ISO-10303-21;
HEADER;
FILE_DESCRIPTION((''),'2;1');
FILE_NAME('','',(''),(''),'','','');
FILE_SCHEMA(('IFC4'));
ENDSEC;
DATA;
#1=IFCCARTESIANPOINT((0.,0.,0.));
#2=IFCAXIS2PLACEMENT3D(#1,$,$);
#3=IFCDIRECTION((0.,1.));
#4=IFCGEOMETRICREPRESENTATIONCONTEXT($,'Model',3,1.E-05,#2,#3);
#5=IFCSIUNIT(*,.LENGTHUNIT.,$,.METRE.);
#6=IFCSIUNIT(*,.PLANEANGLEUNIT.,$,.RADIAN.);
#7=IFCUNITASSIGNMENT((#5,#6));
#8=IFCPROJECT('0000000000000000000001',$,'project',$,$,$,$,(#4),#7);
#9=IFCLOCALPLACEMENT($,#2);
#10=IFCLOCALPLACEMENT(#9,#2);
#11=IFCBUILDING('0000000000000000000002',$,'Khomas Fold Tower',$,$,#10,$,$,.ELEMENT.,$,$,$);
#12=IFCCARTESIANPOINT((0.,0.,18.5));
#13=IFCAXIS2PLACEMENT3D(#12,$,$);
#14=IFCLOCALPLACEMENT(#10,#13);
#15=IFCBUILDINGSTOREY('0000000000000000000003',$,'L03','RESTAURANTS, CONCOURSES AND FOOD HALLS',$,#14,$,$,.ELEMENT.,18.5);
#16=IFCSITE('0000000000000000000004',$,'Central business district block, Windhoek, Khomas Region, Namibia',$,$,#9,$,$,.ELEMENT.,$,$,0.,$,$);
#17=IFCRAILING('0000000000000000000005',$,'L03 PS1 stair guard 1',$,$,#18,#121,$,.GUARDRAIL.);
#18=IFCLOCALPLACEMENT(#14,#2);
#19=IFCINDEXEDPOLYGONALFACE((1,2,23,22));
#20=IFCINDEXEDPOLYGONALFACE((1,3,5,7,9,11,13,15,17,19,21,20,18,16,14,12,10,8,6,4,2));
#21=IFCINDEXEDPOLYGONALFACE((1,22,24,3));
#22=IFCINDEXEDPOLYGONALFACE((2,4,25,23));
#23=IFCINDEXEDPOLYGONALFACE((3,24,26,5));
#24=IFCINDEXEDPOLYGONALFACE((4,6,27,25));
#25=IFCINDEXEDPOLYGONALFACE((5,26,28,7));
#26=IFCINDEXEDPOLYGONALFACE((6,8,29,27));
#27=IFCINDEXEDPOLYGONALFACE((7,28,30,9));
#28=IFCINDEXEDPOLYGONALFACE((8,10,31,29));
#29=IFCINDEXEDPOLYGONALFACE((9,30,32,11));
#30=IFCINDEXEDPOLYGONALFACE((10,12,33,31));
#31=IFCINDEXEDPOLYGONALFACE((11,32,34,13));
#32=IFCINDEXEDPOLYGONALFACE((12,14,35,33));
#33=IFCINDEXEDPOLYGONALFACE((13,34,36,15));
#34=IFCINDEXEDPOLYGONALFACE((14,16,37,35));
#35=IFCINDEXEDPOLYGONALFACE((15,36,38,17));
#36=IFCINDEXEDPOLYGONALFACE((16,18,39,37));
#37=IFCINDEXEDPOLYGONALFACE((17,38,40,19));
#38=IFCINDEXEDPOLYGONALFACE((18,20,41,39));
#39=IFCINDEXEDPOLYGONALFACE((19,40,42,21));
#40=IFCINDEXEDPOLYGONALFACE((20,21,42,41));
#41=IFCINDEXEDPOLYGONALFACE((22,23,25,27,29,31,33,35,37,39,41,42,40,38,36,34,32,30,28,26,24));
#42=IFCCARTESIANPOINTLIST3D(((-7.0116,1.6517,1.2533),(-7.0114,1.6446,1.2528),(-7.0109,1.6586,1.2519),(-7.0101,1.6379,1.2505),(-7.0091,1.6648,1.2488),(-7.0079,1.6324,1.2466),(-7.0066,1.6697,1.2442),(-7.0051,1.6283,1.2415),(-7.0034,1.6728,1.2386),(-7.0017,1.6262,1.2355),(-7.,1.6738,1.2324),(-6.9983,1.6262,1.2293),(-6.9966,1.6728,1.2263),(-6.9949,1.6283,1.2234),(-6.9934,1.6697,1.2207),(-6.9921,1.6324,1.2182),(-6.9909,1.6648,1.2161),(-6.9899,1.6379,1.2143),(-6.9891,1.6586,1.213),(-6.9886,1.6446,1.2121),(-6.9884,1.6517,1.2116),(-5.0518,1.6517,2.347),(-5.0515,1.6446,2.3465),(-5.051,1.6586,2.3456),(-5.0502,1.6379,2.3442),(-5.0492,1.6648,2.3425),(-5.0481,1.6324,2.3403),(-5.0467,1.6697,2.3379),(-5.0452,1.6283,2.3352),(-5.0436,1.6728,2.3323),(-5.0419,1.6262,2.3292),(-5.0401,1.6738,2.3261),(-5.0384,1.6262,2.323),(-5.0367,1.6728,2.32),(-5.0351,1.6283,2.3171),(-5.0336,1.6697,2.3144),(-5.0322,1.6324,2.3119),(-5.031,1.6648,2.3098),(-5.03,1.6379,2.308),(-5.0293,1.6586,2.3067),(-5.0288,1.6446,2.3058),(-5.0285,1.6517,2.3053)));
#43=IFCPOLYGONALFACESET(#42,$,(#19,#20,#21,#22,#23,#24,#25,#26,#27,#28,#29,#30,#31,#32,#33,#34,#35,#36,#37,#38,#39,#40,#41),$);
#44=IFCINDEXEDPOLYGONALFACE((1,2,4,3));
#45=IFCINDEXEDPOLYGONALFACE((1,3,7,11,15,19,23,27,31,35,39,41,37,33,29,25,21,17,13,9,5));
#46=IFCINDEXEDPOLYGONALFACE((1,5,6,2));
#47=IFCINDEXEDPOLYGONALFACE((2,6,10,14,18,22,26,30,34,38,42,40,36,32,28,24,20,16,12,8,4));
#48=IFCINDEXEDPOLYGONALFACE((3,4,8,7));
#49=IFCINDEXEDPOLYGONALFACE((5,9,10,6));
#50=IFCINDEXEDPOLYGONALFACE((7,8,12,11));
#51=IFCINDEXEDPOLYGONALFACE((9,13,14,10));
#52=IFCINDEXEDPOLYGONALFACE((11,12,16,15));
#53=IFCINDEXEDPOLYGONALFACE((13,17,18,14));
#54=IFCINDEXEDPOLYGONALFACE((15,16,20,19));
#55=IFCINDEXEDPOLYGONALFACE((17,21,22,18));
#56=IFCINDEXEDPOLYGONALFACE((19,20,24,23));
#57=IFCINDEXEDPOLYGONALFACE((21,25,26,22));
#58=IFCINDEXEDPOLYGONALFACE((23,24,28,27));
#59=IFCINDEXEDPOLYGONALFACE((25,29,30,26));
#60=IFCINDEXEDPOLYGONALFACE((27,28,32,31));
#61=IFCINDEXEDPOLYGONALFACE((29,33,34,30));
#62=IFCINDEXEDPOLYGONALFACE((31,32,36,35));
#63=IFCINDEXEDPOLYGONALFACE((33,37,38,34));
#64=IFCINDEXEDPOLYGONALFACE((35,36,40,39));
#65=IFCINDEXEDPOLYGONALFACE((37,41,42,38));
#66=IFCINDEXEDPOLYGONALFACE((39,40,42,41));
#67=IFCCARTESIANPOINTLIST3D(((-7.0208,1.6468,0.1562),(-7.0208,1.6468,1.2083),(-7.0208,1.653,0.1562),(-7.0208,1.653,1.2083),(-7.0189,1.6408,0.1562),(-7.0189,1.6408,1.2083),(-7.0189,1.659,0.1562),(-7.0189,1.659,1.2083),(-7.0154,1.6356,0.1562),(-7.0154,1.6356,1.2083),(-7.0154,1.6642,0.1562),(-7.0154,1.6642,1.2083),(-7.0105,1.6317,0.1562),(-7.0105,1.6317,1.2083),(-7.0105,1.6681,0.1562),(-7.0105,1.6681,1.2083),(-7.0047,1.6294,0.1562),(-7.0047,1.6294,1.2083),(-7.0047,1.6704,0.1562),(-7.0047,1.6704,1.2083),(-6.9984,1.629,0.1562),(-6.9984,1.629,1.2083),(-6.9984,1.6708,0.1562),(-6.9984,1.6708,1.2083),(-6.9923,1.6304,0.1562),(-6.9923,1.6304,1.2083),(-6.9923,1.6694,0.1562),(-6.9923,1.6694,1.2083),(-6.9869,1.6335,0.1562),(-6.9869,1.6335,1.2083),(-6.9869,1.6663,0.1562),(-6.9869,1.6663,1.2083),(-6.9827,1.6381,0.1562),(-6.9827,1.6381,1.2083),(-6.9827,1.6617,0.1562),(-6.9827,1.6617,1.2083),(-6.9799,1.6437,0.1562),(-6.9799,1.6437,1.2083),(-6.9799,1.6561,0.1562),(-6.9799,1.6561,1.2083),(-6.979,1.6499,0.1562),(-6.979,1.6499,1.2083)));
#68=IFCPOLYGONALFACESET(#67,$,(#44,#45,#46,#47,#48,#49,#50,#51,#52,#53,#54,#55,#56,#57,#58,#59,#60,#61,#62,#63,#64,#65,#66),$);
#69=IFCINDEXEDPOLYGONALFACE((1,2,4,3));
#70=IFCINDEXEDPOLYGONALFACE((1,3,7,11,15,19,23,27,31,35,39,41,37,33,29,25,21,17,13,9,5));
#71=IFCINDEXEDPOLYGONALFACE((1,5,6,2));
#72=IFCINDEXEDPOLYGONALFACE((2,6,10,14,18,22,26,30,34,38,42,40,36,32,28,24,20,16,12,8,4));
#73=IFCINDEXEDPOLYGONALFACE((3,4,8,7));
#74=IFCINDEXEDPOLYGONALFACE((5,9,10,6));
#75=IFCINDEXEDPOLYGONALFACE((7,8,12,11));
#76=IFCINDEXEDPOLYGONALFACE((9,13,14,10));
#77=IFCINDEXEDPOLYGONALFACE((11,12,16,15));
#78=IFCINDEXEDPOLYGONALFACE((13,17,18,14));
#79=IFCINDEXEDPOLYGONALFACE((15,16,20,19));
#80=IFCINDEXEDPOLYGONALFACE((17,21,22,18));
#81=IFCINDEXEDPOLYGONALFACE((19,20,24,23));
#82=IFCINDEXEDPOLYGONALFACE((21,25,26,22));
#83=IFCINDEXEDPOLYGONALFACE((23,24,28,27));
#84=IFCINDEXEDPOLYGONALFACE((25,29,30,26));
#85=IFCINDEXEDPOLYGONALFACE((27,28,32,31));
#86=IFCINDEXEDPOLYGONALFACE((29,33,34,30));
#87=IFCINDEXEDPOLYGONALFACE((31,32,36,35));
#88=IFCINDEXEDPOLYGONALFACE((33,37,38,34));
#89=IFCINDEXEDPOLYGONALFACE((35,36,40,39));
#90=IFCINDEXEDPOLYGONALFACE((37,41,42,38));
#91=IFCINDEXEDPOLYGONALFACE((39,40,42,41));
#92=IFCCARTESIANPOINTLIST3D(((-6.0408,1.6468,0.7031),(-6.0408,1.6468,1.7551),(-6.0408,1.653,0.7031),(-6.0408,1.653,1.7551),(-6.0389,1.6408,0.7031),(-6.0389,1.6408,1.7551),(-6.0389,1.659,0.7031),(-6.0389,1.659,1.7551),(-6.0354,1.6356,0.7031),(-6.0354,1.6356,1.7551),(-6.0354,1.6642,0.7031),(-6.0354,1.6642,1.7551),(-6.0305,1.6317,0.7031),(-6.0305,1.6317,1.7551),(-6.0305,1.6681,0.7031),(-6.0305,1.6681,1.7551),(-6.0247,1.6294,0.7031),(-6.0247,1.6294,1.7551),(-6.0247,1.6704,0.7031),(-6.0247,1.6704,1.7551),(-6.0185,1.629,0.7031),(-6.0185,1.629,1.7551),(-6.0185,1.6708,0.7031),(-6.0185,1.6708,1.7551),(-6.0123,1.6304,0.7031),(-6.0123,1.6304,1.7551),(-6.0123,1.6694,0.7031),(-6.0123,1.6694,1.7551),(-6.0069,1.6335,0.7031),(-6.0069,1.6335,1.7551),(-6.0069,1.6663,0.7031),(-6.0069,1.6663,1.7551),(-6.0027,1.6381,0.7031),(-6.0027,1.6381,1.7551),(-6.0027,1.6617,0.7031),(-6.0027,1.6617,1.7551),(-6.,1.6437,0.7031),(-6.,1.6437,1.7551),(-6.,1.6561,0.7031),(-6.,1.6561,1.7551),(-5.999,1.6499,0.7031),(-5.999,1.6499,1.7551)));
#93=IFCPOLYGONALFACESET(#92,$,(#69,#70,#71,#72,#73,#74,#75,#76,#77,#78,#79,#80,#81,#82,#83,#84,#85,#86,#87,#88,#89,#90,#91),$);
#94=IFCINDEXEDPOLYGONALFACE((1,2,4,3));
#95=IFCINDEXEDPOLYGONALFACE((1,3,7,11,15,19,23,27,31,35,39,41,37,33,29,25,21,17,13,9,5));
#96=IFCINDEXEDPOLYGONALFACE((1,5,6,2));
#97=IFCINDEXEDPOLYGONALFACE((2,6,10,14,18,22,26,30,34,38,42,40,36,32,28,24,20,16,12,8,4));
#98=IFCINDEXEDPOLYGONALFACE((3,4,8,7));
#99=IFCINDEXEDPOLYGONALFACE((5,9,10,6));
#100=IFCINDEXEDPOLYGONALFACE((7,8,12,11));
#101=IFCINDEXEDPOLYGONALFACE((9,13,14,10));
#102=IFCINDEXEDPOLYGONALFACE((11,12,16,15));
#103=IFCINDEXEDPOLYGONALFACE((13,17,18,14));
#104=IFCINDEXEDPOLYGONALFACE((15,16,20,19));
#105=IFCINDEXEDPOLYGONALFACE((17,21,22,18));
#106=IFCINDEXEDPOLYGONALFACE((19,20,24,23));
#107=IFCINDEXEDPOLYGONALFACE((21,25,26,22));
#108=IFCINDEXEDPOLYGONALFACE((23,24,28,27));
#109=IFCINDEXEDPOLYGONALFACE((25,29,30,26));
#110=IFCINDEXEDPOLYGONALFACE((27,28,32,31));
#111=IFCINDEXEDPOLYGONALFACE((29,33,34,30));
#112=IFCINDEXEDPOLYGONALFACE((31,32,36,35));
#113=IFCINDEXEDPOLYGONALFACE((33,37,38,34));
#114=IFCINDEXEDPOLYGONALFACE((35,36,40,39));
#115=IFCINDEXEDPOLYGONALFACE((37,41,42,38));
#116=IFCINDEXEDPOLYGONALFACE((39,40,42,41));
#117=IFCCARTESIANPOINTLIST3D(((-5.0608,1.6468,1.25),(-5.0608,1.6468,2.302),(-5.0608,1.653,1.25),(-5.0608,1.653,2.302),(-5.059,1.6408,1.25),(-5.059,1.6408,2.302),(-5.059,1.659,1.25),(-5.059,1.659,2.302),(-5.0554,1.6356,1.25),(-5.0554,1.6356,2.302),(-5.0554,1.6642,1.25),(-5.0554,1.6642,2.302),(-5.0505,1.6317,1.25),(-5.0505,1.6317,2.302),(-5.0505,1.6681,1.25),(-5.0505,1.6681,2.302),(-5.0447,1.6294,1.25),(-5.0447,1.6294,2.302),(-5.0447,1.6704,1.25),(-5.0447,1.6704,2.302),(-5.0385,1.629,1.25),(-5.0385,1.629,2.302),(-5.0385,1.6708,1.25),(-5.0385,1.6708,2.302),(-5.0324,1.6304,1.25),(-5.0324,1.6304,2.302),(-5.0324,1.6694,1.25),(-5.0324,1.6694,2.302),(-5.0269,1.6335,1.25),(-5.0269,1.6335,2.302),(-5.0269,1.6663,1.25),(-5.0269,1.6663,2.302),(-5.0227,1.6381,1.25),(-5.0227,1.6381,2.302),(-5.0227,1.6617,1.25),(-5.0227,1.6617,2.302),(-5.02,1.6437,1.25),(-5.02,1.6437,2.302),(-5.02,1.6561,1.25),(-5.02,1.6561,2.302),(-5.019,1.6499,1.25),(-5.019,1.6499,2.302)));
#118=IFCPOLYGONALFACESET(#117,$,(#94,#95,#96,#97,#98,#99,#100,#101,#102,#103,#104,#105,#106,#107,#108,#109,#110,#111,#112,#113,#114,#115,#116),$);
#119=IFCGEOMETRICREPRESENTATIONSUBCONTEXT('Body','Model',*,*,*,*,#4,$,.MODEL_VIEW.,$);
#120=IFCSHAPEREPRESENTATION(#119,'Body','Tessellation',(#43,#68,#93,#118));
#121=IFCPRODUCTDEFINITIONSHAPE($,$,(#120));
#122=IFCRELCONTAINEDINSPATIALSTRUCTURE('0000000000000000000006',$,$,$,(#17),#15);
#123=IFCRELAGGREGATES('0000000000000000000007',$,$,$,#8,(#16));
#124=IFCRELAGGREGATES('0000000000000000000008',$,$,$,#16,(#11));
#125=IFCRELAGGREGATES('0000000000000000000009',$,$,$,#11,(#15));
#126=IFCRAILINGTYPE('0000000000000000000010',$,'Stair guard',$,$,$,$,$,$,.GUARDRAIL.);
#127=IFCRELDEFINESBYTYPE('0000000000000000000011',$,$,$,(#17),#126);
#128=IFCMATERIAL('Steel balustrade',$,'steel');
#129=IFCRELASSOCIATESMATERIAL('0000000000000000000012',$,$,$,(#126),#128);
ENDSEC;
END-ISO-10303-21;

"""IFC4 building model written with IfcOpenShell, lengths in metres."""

from ifc_helpers import new_model, si_unit, direction, frame, origin, origin_2d, place, context, subcontext, project, spatial, circle, extrude, source, transform, mapped, material, type_object, element, save


model = new_model("IFC4")

# Units and contexts
model_context = context("Model", 3, precision=1e-05, world=origin(), true_north=direction((0.0, 1.0)))
body_context = subcontext(model_context, "Body", "Model", "MODEL_VIEW")
ifc_project = project(units=[si_unit("LENGTHUNIT", "METRE"), si_unit("PLANEANGLEUNIT", "RADIAN")], contexts=[model_context])

# Site, building, storey
site_placement = place(None, origin())
site = spatial("IfcSite", under=ifc_project, at=site_placement, Name="Central business district block, Windhoek, Khomas Region, Namibia", CompositionType="ELEMENT", RefElevation=0.0)
building_placement = place(site_placement, origin())
building = spatial("IfcBuilding", under=site, at=building_placement, Name="Khomas Fold Tower", CompositionType="ELEMENT")
storey_placement = place(building_placement, frame((0.0, 0.0, 18.5)))
storey = spatial("IfcBuildingStorey", under=building, at=storey_placement, Name="L03", Description="RESTAURANTS, CONCOURSES AND FOOD HALLS", CompositionType="ELEMENT", Elevation=18.5)

# Railing
ifc_material_1 = material(Name="Steel balustrade", Category="steel")
railing_type_1 = type_object("IfcRailingType", Name="Stair guard", PredefinedType="GUARDRAIL", material=ifc_material_1)
shared_shape_1 = source(origin(), body_context, "Body", "SweptSolid", [
    extrude(circle(Radius=0.0239, at=origin_2d()), frame((0.0, 0.0, 1.0762), z_axis=(0.873232, 0.0, 0.487304), x_axis=(0.0, 1.0, 0.0)), (0.0, 0.0, 1.0), 2.2444),
    extrude(circle(Radius=0.021, at=origin_2d()), origin(), (0.0, 0.0, 1.0), 1.052),
    extrude(circle(Radius=0.021, at=origin_2d()), frame((0.98, 0.0, 0.5469)), (0.0, 0.0, 1.0), 1.052),
    extrude(circle(Radius=0.021, at=origin_2d()), frame((1.96, 0.0, 1.0938)), (0.0, 0.0, 1.0), 1.052),
])
for number, where, name in (
    (1, (-7.0, 1.6499, 0.1562), "L03 PS1 stair guard 1"),
):
    element("IfcRailing", number, at=place(storey_placement, frame(where)), inside=storey, type_object=railing_type_1, Name=name, PredefinedType="GUARDRAIL", context=body_context, shape_type="MappedRepresentation", body=[
        mapped(shared_shape_1, transform((0.0, 0.0, 0.0))),
    ])

save(model, "model.ifc")
